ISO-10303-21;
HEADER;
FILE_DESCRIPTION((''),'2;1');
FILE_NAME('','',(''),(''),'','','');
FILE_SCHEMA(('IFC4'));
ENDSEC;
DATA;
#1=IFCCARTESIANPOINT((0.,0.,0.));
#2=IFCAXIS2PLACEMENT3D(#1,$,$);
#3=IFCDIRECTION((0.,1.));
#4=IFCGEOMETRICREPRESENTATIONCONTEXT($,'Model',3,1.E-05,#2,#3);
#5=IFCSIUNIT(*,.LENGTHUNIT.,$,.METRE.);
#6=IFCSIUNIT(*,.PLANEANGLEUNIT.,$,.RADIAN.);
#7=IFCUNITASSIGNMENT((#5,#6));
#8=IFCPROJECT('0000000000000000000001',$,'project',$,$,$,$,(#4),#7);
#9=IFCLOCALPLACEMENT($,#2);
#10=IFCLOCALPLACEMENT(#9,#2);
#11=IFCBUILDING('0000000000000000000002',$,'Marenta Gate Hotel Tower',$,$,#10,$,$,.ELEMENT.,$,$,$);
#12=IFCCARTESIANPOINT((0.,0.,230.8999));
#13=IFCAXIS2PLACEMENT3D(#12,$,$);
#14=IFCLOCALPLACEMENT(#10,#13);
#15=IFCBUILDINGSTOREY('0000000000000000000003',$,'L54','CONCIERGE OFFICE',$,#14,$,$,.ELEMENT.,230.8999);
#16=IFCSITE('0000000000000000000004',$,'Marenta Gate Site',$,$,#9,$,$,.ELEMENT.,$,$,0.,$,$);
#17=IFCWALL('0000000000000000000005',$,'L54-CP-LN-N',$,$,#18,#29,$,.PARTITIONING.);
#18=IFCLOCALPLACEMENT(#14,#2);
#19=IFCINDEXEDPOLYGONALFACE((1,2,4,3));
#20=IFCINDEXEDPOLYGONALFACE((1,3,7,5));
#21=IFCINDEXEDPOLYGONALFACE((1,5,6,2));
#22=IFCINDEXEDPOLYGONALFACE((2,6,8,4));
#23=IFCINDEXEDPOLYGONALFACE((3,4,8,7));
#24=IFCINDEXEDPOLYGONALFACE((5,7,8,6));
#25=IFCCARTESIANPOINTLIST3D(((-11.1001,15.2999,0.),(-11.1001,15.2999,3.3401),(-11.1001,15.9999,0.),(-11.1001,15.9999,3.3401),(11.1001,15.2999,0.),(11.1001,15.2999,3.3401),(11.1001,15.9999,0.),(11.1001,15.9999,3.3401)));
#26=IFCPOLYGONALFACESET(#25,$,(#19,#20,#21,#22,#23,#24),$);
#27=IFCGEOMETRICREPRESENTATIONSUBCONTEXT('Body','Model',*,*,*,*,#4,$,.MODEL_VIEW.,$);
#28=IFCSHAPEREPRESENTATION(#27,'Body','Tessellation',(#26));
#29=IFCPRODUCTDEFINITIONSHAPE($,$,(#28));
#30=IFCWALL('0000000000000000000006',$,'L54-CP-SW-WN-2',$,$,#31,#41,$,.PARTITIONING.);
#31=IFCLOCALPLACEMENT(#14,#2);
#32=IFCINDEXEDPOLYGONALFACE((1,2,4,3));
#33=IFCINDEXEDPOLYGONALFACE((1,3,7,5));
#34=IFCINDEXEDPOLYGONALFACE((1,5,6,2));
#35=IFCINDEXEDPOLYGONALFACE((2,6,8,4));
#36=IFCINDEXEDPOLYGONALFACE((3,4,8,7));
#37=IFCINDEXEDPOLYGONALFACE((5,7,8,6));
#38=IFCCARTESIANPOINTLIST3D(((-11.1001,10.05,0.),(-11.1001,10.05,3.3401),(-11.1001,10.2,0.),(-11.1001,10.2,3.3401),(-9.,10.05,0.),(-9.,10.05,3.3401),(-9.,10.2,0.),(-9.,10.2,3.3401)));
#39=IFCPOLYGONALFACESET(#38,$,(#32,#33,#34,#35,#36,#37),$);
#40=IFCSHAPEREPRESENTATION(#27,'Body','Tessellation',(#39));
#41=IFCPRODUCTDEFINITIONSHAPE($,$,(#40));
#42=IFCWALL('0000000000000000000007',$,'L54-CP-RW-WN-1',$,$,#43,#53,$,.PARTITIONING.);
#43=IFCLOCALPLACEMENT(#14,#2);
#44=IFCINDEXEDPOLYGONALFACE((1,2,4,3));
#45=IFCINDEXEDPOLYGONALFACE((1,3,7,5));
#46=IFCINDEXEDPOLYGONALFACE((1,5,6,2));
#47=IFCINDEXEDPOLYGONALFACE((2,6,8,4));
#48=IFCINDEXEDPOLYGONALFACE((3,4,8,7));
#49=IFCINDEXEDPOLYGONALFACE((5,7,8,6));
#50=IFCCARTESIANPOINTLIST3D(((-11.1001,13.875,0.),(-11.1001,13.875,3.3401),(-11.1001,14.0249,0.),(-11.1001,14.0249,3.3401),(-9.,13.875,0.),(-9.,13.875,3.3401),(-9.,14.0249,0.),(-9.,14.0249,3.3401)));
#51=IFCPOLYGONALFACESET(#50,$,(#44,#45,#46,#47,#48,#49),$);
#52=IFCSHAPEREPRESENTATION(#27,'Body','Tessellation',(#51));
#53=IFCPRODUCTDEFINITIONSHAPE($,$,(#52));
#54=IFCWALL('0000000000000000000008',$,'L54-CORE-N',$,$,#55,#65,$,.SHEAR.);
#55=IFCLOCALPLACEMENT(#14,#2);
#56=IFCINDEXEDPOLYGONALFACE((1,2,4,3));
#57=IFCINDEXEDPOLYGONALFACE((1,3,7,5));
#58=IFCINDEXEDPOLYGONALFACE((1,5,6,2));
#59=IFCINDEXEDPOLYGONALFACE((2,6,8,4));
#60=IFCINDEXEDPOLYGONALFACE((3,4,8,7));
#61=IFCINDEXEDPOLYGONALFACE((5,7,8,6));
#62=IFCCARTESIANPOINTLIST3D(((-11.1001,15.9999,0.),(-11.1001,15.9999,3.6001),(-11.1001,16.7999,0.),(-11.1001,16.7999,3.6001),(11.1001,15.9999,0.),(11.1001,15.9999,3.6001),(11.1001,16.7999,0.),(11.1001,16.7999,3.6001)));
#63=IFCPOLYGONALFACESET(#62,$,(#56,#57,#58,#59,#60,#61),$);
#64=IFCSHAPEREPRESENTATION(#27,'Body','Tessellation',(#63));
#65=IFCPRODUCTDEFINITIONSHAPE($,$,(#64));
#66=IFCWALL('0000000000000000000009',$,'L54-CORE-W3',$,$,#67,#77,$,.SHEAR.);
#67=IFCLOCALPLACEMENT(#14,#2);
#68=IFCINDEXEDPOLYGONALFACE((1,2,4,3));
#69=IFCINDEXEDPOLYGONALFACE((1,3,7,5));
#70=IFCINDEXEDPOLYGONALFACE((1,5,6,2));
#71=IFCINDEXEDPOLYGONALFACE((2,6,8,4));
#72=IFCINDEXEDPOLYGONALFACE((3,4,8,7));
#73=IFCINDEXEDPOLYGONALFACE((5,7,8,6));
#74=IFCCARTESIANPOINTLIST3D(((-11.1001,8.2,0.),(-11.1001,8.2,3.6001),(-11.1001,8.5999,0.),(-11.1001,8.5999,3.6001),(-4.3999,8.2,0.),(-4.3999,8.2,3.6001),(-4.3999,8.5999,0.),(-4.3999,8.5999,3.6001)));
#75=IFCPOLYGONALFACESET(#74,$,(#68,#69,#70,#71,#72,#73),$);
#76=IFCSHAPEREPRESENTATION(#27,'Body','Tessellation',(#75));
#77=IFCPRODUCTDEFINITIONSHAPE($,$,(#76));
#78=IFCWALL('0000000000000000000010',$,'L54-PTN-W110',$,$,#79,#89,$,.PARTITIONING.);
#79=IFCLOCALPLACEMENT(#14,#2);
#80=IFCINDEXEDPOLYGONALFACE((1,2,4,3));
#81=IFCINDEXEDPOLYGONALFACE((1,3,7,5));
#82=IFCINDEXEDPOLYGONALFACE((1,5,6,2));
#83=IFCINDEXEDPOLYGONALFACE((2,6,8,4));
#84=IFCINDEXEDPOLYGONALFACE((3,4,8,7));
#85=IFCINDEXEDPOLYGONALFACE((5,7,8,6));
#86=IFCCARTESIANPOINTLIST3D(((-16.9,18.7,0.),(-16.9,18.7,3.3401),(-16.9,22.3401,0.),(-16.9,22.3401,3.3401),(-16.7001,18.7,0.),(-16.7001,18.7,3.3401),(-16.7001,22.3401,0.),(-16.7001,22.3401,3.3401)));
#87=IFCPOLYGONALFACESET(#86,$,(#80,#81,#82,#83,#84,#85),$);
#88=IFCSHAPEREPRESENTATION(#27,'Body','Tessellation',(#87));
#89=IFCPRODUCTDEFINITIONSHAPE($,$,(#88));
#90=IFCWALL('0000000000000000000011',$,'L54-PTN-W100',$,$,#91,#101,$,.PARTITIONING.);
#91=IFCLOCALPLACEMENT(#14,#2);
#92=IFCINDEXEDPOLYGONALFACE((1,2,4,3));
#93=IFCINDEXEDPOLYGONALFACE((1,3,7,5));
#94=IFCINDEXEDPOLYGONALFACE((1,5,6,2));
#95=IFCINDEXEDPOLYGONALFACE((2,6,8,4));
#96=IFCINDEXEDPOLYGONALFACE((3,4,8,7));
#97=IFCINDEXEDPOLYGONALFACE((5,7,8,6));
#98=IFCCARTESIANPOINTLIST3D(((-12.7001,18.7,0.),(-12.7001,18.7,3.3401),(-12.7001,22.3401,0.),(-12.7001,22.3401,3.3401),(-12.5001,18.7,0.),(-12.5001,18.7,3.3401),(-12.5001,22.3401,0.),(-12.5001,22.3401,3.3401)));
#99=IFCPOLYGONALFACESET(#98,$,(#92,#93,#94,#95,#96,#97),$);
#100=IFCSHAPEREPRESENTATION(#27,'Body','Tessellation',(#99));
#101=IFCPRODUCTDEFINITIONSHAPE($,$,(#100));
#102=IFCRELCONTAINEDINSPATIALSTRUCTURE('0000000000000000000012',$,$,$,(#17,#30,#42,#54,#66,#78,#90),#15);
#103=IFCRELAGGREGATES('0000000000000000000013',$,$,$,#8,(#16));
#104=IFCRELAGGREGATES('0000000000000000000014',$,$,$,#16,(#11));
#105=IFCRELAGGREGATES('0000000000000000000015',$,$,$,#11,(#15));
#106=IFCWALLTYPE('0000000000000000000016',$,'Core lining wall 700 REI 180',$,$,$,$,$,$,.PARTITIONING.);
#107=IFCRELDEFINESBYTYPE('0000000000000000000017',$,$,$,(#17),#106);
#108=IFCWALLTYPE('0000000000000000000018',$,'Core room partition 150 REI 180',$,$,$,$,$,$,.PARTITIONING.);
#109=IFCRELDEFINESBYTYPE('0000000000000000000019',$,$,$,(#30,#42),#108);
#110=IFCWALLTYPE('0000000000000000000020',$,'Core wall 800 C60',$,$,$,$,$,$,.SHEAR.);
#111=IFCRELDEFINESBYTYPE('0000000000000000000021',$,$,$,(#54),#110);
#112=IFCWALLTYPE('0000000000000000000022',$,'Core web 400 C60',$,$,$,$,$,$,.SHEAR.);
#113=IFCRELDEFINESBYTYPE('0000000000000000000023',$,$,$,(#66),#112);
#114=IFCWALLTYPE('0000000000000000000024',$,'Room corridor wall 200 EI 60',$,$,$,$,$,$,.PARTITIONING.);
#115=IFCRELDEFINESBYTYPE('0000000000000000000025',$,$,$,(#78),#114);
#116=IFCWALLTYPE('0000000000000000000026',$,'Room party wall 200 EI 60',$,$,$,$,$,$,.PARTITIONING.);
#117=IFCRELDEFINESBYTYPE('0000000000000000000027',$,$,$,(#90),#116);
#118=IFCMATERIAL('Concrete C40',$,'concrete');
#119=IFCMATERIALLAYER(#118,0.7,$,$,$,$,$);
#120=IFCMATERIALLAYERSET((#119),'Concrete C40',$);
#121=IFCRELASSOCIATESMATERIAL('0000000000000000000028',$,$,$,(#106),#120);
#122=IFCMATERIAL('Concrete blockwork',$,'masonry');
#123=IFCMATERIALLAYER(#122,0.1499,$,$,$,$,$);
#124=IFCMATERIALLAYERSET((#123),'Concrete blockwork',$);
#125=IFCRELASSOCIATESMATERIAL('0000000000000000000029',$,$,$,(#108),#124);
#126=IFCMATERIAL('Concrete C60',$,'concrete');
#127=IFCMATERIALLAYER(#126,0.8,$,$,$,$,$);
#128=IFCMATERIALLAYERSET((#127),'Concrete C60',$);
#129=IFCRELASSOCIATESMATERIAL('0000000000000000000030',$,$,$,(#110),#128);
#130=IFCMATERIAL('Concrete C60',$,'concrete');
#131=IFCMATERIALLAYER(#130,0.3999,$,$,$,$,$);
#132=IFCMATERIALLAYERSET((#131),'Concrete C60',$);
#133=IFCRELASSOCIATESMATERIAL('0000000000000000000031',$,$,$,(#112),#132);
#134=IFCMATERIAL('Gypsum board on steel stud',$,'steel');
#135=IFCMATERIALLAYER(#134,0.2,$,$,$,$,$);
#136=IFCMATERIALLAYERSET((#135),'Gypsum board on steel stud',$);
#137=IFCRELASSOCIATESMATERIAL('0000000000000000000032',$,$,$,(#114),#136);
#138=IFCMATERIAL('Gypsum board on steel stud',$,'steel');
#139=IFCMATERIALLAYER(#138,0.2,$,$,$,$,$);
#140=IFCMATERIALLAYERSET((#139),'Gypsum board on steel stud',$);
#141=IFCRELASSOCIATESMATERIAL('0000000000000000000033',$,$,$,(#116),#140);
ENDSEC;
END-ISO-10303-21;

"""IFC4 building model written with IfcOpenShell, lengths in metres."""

from ifc_helpers import new_model, si_unit, direction, frame, frame_2d, origin, place, context, subcontext, project, spatial, rectangle, extrude, material, layer, layer_set, type_object, element, save


model = new_model("IFC4")

# Units and contexts
model_context = context("Model", 3, precision=1e-05, world=origin(), true_north=direction((0.0, 1.0)))
body_context = subcontext(model_context, "Body", "Model", "MODEL_VIEW")
ifc_project = project(units=[si_unit("LENGTHUNIT", "METRE"), si_unit("PLANEANGLEUNIT", "RADIAN")], contexts=[model_context])

# Site, building, storey
site_placement = place(None, origin())
site = spatial("IfcSite", under=ifc_project, at=site_placement, Name="Marenta Gate Site", CompositionType="ELEMENT", RefElevation=0.0)
building_placement = place(site_placement, origin())
building = spatial("IfcBuilding", under=site, at=building_placement, Name="Marenta Gate Hotel Tower", CompositionType="ELEMENT")
storey_placement = place(building_placement, frame((0.0, 0.0, 230.8999)))
storey = spatial("IfcBuildingStorey", under=building, at=storey_placement, Name="L54", Description="CONCIERGE OFFICE", CompositionType="ELEMENT", Elevation=230.8999)

# Walls
ifc_material_1 = material(Name="Concrete C40", Category="concrete")
ifc_layer_1 = layer(ifc_material_1, 0.7)
ifc_layer_set_1 = layer_set([ifc_layer_1], Name="Concrete C40")
wall_type_1 = type_object("IfcWallType", Name="Core lining wall 700 REI 180", PredefinedType="PARTITIONING", material=ifc_layer_set_1)
wall_1_placement = place(storey_placement, frame((-11.1001, 15.6499, 0.0), z_axis=(0.0, 0.0, 1.0), x_axis=(1.0, 0.0, 0.0)))
element("IfcWall", 1, at=wall_1_placement, inside=storey, type_object=wall_type_1, Name="L54-CP-LN-N", PredefinedType="PARTITIONING", context=body_context, shape_type="SweptSolid", body=[
    extrude(rectangle(XDim=22.2002, YDim=0.7, at=frame_2d((11.1001, 0.0))), origin(), (0.0, 0.0, 1.0), 3.3401),
])
ifc_material_2 = material(Name="Concrete blockwork", Category="masonry")
ifc_layer_2 = layer(ifc_material_2, 0.1499)
ifc_layer_set_2 = layer_set([ifc_layer_2], Name="Concrete blockwork")
wall_type_2 = type_object("IfcWallType", Name="Core room partition 150 REI 180", PredefinedType="PARTITIONING", material=ifc_layer_set_2)
for number, where, z_axis, x_axis, name in (
    (2, (-11.1001, 10.125, 0.0), (0.0, 0.0, 1.0), (1.0, 0.0, 0.0), "L54-CP-SW-WN-2"),
    (3, (-11.1001, 13.95, 0.0), (0.0, 0.0, 1.0), (1.0, 0.0, 0.0), "L54-CP-RW-WN-1"),
):
    element("IfcWall", number, at=place(storey_placement, frame(where, z_axis=z_axis, x_axis=x_axis)), inside=storey, type_object=wall_type_2, Name=name, PredefinedType="PARTITIONING", context=body_context, shape_type="SweptSolid", body=[
        extrude(rectangle(XDim=2.1001, YDim=0.1499, at=frame_2d((1.05, 0.0))), origin(), (0.0, 0.0, 1.0), 3.3401),
    ])
ifc_material_3 = material(Name="Concrete C60", Category="concrete")
ifc_layer_3 = layer(ifc_material_3, 0.8)
ifc_layer_set_3 = layer_set([ifc_layer_3], Name="Concrete C60")
wall_type_3 = type_object("IfcWallType", Name="Core wall 800 C60", PredefinedType="SHEAR", material=ifc_layer_set_3)
wall_2_placement = place(storey_placement, frame((-11.1001, 16.3999, 0.0), z_axis=(0.0, 0.0, 1.0), x_axis=(1.0, 0.0, 0.0)))
element("IfcWall", 4, at=wall_2_placement, inside=storey, type_object=wall_type_3, Name="L54-CORE-N", PredefinedType="SHEAR", context=body_context, shape_type="SweptSolid", body=[
    extrude(rectangle(XDim=22.2002, YDim=0.8, at=frame_2d((11.1001, 0.0))), origin(), (0.0, 0.0, 1.0), 3.6001),
])
ifc_material_4 = material(Name="Concrete C60", Category="concrete")
ifc_layer_4 = layer(ifc_material_4, 0.3999)
ifc_layer_set_4 = layer_set([ifc_layer_4], Name="Concrete C60")
wall_type_4 = type_object("IfcWallType", Name="Core web 400 C60", PredefinedType="SHEAR", material=ifc_layer_set_4)
wall_3_placement = place(storey_placement, frame((-11.1001, 8.3999, 0.0), z_axis=(0.0, 0.0, 1.0), x_axis=(1.0, 0.0, 0.0)))
element("IfcWall", 5, at=wall_3_placement, inside=storey, type_object=wall_type_4, Name="L54-CORE-W3", PredefinedType="SHEAR", context=body_context, shape_type="SweptSolid", body=[
    extrude(rectangle(XDim=6.7002, YDim=0.3999, at=frame_2d((3.3501, 0.0))), origin(), (0.0, 0.0, 1.0), 3.6001),
])
ifc_material_5 = material(Name="Gypsum board on steel stud", Category="steel")
ifc_layer_5 = layer(ifc_material_5, 0.2)
ifc_layer_set_5 = layer_set([ifc_layer_5], Name="Gypsum board on steel stud")
wall_type_5 = type_object("IfcWallType", Name="Room corridor wall 200 EI 60", PredefinedType="PARTITIONING", material=ifc_layer_set_5)
wall_4_placement = place(storey_placement, frame((-16.8, 18.7, 0.0), z_axis=(0.0, 0.0, 1.0), x_axis=(0.0, 1.0, 0.0)))
element("IfcWall", 6, at=wall_4_placement, inside=storey, type_object=wall_type_5, Name="L54-PTN-W110", PredefinedType="PARTITIONING", context=body_context, shape_type="SweptSolid", body=[
    extrude(rectangle(XDim=3.6401, YDim=0.2, at=frame_2d((1.8201, 0.0))), origin(), (0.0, 0.0, 1.0), 3.3401),
])

# Wall
ifc_material_6 = material(Name="Gypsum board on steel stud", Category="steel")
ifc_layer_6 = layer(ifc_material_6, 0.2)
ifc_layer_set_6 = layer_set([ifc_layer_6], Name="Gypsum board on steel stud")
wall_type_6 = type_object("IfcWallType", Name="Room party wall 200 EI 60", PredefinedType="PARTITIONING", material=ifc_layer_set_6)
wall_5_placement = place(storey_placement, frame((-12.6001, 18.7, 0.0), z_axis=(0.0, 0.0, 1.0), x_axis=(0.0, 1.0, 0.0)))
element("IfcWall", 7, at=wall_5_placement, inside=storey, type_object=wall_type_6, Name="L54-PTN-W100", PredefinedType="PARTITIONING", context=body_context, shape_type="SweptSolid", body=[
    extrude(rectangle(XDim=3.6401, YDim=0.2, at=frame_2d((1.8201, 0.0))), origin(), (0.0, 0.0, 1.0), 3.3401),
])

save(model, "model.ifc")
